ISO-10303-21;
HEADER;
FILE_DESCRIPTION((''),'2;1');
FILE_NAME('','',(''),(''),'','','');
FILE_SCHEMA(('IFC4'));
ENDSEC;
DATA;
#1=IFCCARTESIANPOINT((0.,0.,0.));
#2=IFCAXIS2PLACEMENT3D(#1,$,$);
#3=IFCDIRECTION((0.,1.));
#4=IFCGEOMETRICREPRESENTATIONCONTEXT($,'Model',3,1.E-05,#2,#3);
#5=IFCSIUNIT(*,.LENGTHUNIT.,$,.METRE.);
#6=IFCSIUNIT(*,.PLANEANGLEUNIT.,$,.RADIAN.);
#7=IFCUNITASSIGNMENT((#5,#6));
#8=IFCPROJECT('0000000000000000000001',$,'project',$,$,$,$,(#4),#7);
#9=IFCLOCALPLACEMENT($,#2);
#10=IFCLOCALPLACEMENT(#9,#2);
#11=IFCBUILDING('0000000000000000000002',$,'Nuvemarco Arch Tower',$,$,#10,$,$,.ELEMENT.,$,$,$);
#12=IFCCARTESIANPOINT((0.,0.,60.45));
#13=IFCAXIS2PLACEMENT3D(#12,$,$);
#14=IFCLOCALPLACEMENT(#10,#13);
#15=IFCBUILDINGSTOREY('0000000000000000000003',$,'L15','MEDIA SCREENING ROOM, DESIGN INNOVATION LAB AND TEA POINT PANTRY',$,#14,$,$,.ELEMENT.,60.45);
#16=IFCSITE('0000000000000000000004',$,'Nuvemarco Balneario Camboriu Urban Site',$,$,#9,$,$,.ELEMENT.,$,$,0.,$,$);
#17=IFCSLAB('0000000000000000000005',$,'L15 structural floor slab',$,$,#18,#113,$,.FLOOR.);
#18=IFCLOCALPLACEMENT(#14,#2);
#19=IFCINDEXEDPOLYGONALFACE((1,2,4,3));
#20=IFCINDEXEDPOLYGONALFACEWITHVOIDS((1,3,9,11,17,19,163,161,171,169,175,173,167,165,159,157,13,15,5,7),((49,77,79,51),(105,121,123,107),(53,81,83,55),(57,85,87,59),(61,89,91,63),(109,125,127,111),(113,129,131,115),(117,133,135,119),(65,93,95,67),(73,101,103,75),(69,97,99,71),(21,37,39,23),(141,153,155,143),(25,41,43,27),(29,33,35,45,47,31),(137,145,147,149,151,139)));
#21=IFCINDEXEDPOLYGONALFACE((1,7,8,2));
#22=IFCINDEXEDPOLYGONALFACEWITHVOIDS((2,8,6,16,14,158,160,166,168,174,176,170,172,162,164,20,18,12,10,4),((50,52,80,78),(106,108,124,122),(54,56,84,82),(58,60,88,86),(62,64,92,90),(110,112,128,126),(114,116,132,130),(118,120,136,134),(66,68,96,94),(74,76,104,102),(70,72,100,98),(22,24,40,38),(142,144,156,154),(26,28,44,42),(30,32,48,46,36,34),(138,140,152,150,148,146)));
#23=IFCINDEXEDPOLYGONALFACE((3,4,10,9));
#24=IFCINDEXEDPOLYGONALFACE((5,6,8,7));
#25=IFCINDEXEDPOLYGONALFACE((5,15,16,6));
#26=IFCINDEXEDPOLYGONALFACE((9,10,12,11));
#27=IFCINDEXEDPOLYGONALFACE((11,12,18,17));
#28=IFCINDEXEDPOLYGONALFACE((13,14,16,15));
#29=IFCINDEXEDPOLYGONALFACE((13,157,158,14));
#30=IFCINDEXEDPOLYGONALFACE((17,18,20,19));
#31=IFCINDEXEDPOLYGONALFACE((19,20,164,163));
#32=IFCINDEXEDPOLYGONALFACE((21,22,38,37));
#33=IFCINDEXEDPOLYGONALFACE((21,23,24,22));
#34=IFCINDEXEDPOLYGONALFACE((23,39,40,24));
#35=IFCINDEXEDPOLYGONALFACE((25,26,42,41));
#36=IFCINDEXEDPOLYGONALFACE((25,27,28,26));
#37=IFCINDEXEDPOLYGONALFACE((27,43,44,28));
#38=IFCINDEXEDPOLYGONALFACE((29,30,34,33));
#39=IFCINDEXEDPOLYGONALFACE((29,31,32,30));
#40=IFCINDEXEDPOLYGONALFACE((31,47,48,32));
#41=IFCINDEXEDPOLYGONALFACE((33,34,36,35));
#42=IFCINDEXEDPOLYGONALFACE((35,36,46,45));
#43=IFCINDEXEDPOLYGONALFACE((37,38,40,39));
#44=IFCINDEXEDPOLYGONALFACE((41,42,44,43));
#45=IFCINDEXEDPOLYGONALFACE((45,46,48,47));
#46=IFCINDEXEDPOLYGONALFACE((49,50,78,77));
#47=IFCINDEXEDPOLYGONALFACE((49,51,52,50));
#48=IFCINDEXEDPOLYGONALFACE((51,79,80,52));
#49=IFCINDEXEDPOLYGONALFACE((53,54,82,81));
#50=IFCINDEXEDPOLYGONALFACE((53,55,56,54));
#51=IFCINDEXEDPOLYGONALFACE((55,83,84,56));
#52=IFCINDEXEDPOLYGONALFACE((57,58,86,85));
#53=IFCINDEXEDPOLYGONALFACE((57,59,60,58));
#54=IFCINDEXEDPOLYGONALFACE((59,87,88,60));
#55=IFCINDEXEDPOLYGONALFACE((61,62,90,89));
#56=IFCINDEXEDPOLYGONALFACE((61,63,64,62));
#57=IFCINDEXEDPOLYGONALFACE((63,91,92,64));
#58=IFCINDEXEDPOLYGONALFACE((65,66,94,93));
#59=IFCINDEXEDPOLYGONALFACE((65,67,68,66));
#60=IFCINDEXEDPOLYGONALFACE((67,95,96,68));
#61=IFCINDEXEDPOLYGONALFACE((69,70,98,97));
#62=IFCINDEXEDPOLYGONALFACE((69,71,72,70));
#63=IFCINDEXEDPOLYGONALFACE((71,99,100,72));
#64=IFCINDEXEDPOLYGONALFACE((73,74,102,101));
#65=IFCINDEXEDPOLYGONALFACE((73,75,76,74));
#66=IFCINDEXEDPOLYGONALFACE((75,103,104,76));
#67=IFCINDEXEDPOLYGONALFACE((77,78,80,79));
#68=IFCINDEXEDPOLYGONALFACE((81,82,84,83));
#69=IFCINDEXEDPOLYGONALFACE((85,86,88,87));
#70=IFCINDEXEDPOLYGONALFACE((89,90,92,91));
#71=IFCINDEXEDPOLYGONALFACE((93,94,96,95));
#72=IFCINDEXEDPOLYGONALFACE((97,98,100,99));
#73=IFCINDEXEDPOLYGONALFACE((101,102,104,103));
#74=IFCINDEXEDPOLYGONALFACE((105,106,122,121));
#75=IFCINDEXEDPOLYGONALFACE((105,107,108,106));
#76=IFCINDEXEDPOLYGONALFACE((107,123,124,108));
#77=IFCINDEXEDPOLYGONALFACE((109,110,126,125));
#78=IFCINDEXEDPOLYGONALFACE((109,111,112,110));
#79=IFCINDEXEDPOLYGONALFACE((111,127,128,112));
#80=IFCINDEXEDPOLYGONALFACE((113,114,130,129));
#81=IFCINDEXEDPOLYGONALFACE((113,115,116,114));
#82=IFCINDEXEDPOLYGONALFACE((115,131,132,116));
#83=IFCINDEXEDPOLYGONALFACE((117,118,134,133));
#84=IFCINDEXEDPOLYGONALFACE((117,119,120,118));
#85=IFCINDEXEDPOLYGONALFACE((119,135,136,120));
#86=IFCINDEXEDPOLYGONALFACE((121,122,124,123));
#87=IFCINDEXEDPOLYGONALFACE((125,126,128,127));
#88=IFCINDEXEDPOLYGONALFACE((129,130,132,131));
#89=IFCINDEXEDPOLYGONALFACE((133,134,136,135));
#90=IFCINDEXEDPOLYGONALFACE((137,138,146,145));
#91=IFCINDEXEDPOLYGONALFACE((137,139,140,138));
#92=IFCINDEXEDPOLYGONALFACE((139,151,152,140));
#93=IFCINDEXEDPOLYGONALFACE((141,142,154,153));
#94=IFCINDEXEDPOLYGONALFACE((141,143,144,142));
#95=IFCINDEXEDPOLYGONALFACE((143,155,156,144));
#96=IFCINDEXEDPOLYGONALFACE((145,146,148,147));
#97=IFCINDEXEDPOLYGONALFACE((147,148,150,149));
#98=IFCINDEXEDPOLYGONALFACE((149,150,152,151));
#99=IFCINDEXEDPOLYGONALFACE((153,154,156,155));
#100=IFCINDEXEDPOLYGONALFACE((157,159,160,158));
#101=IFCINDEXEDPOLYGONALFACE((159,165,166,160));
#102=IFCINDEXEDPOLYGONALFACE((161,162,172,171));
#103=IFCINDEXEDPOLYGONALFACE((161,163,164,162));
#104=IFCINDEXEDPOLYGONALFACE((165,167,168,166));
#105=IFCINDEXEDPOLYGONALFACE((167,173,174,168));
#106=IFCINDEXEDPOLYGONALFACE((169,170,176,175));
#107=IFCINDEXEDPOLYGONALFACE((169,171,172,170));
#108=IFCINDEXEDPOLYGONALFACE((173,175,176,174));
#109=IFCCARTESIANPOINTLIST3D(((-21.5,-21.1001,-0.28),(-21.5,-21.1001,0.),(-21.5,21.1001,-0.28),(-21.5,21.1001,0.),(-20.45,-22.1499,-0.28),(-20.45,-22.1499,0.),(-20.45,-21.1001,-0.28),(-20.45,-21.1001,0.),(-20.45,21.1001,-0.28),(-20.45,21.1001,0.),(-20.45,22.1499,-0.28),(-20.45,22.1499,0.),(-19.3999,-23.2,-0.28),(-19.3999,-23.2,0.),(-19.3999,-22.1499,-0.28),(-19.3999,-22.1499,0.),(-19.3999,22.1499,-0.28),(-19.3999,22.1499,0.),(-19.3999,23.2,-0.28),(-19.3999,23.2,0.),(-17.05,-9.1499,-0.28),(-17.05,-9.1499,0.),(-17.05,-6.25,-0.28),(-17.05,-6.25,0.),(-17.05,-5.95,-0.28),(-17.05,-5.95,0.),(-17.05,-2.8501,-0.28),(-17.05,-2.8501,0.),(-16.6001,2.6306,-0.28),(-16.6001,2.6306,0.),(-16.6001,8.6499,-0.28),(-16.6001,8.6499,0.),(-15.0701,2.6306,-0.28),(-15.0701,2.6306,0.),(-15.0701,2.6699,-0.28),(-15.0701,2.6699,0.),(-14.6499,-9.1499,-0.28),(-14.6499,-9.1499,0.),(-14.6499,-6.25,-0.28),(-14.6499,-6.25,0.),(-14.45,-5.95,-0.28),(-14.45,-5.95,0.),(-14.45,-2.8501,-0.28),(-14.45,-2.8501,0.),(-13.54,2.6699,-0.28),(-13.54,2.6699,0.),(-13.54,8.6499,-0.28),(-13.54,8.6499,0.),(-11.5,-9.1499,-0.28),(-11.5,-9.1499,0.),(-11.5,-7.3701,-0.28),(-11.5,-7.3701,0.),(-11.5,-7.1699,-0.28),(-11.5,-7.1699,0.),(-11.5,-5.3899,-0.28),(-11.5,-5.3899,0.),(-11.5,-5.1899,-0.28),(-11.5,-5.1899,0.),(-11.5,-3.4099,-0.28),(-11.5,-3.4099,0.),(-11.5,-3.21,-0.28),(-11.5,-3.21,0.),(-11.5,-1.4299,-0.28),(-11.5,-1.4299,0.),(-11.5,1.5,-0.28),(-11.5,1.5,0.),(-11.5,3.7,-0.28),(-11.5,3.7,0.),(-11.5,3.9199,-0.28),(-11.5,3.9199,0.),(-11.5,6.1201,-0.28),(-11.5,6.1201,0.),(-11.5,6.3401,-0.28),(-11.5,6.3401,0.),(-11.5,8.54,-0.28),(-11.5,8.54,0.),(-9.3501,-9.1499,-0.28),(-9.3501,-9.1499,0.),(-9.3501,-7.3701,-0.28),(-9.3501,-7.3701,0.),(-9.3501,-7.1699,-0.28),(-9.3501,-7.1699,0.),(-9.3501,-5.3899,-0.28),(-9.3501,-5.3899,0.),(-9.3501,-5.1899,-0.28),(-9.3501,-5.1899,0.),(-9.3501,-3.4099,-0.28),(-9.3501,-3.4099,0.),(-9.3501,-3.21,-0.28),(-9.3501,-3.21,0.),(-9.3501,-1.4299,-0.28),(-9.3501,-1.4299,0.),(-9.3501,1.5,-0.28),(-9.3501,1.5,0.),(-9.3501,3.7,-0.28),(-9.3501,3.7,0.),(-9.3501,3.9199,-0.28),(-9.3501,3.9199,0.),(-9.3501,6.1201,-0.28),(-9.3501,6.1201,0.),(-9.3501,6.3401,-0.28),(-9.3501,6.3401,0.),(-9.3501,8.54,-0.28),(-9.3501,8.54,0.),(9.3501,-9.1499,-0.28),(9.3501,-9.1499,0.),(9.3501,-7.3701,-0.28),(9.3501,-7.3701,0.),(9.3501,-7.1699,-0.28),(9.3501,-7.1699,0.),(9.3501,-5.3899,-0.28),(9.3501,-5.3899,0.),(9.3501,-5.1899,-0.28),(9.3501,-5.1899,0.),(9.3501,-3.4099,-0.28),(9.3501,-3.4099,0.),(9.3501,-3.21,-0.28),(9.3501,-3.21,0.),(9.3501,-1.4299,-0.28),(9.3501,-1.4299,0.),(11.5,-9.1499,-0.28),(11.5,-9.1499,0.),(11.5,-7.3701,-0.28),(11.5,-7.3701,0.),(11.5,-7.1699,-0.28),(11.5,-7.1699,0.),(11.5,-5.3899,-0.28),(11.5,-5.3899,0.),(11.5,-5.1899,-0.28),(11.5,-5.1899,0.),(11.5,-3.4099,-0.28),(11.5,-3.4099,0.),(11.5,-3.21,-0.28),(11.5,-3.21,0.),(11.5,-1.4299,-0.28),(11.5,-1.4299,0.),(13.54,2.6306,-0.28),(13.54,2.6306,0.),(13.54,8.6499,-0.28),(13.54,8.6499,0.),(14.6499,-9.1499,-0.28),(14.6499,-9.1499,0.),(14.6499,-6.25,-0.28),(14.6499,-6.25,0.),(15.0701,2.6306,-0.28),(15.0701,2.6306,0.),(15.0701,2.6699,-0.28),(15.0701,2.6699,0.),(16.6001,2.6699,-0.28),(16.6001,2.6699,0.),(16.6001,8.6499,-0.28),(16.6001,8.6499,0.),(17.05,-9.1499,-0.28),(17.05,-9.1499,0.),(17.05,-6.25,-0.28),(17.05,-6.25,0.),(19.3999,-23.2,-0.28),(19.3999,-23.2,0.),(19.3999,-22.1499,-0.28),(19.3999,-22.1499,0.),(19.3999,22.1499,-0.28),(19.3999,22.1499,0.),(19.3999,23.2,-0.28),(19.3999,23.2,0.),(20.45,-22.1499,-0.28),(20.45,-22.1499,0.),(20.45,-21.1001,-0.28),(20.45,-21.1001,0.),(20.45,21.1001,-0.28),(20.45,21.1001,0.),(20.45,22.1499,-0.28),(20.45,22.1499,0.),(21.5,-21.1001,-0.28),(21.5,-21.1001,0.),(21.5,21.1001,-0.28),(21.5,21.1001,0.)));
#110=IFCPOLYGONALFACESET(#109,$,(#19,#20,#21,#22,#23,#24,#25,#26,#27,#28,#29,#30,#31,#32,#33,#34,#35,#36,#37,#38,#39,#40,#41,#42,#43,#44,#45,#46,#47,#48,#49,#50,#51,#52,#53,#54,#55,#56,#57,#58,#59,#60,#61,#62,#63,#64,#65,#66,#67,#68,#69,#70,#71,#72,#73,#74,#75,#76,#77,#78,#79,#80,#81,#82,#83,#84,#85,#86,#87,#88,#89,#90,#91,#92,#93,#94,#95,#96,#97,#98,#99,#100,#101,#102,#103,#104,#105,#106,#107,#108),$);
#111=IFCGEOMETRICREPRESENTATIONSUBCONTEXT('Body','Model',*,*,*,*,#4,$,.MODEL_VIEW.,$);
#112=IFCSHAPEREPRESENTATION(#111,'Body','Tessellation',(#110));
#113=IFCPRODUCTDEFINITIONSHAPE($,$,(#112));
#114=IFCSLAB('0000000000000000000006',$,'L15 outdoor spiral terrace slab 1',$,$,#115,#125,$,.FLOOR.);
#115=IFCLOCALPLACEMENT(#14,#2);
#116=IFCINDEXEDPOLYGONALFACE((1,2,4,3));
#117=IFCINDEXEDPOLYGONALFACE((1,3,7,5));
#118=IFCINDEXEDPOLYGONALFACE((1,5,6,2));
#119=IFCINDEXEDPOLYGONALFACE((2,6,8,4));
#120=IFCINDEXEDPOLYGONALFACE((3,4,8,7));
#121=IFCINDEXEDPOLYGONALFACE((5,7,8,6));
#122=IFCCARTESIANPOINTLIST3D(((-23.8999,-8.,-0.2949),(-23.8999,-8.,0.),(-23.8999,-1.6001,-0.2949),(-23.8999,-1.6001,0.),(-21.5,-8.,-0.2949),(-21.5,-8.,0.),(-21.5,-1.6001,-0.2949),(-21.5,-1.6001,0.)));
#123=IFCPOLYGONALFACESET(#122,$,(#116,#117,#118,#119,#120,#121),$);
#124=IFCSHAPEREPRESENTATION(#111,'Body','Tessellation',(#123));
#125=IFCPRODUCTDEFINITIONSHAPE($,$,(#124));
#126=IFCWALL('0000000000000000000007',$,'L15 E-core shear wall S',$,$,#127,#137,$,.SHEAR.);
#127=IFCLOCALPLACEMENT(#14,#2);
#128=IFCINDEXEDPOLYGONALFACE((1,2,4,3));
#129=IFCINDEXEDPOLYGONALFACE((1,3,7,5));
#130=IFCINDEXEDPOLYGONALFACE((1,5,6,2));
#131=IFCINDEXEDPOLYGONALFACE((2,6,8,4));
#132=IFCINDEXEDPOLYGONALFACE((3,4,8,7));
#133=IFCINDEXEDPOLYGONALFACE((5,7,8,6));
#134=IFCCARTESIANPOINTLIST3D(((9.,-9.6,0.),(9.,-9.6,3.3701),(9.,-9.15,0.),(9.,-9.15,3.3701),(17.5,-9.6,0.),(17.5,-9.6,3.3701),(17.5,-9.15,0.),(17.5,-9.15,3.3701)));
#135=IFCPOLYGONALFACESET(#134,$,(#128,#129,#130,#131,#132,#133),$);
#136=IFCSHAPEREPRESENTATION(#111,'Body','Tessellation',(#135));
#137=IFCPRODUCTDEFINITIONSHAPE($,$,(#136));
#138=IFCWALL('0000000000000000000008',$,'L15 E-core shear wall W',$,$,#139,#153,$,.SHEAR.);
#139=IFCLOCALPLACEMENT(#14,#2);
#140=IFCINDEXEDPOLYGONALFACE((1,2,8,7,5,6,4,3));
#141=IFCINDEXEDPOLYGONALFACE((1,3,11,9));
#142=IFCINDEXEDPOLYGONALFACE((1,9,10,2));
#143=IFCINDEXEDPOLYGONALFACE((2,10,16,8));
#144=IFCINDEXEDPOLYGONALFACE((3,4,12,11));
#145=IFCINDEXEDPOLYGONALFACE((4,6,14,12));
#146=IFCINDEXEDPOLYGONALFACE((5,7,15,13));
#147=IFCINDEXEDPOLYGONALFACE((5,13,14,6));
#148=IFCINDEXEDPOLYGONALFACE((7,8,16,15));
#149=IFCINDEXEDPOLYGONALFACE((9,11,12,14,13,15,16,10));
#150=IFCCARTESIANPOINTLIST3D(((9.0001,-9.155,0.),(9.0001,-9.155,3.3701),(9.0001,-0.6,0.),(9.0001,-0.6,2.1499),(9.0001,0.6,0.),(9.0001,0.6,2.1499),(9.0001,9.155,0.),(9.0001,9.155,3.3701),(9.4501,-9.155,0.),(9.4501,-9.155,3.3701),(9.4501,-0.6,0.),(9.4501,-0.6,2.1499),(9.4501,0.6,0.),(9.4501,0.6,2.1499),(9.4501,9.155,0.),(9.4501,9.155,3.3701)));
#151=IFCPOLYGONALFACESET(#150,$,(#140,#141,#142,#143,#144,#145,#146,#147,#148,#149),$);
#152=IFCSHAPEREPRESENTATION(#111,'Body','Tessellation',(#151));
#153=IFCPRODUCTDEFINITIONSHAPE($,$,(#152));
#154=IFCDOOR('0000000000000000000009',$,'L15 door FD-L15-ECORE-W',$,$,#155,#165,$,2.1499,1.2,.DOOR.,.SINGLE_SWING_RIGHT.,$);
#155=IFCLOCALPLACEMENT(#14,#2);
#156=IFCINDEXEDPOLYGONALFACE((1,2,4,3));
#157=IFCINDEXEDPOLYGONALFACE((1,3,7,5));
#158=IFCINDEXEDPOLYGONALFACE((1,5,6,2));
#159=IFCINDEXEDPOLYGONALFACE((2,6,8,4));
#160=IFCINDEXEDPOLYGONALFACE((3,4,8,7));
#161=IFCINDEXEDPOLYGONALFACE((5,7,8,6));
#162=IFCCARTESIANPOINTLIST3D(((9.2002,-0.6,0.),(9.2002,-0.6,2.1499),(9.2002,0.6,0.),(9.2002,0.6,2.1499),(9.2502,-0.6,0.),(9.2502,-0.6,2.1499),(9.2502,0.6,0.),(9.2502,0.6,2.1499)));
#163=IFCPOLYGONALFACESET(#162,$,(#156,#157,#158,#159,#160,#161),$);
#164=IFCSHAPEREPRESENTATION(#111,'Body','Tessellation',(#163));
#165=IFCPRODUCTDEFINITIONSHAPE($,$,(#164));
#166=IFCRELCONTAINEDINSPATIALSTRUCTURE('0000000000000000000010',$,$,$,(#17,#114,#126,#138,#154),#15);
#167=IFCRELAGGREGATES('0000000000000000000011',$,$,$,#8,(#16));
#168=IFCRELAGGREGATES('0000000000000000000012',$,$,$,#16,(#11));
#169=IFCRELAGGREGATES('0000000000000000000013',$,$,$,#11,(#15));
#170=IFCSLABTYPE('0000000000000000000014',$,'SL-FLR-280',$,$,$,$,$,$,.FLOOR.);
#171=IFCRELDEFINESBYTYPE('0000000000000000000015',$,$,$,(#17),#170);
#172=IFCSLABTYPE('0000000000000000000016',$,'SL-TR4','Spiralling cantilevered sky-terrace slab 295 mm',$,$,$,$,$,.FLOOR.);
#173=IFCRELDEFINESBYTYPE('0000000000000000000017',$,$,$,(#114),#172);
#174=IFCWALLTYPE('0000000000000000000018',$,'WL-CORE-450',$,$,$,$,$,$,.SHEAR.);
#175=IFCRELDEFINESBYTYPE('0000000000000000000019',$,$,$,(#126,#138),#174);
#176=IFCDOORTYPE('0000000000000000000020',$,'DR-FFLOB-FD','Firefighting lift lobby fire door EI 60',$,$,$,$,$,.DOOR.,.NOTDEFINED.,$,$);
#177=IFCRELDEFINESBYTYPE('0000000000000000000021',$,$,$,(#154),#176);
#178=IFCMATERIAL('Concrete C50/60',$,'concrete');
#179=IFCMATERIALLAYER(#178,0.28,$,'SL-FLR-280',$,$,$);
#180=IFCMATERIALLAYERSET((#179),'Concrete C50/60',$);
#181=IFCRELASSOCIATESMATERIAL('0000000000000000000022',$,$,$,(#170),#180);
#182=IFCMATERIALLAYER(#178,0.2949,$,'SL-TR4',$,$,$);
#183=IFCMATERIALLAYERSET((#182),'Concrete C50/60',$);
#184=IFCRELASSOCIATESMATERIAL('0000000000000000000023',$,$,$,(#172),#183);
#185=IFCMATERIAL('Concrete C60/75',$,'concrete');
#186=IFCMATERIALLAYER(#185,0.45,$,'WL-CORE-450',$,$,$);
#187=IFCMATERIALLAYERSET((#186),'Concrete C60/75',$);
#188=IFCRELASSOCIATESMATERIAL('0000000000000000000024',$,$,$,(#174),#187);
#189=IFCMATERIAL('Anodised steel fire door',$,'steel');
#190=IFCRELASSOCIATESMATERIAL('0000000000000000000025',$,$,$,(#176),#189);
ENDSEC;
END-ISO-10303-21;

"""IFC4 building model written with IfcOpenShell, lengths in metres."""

from ifc_helpers import new_model, si_unit, direction, frame, frame_2d, origin, place, context, subcontext, project, spatial, polyline, rectangle, outline, extrude, source, transform, mapped, material, layer, layer_set, type_object, type_shapes, element, fill, save


model = new_model("IFC4")

# Units and contexts
model_context = context("Model", 3, precision=1e-05, world=origin(), true_north=direction((0.0, 1.0)))
body_context = subcontext(model_context, "Body", "Model", "MODEL_VIEW")
ifc_project = project(units=[si_unit("LENGTHUNIT", "METRE"), si_unit("PLANEANGLEUNIT", "RADIAN")], contexts=[model_context])

# Site, building, storey
site_placement = place(None, origin())
site = spatial("IfcSite", under=ifc_project, at=site_placement, Name="Nuvemarco Balneario Camboriu Urban Site", CompositionType="ELEMENT", RefElevation=0.0)
building_placement = place(site_placement, origin())
building = spatial("IfcBuilding", under=site, at=building_placement, Name="Nuvemarco Arch Tower", CompositionType="ELEMENT")
storey_placement = place(building_placement, frame((0.0, 0.0, 60.45)))
storey = spatial("IfcBuildingStorey", under=building, at=storey_placement, Name="L15", Description="MEDIA SCREENING ROOM, DESIGN INNOVATION LAB AND TEA POINT PANTRY", CompositionType="ELEMENT", Elevation=60.45)

# Shared definitions
ifc_material_1 = material(Name="Concrete C60/75", Category="concrete")

# Slabs
ifc_material_2 = material(Name="Concrete C50/60", Category="concrete")
ifc_layer_1 = layer(ifc_material_2, 0.28, Name="SL-FLR-280")
ifc_layer_set_1 = layer_set([ifc_layer_1], Name="Concrete C50/60")
slab_type_1 = type_object("IfcSlabType", Name="SL-FLR-280", PredefinedType="FLOOR", material=ifc_layer_set_1)
slab_1_placement = place(storey_placement, frame((0.0, 0.0, -0.28)))
element("IfcSlab", 1, at=slab_1_placement, inside=storey, type_object=slab_type_1, Name="L15 structural floor slab", PredefinedType="FLOOR", context=body_context, shape_type="SweptSolid", body=[
    extrude(outline(polyline([(-19.3999, -23.2), (19.3999, -23.2), (19.3999, -22.1499), (20.45, -22.1499), (20.45, -21.1001), (21.5, -21.1001), (21.5, 21.1001), (20.45, 21.1001), (20.45, 22.1499), (19.3999, 22.1499), (19.3999, 23.2), (-19.3999, 23.2), (-19.3999, 22.1499), (-20.45, 22.1499), (-20.45, 21.1001), (-21.5, 21.1001), (-21.5, -21.1001), (-20.45, -21.1001), (-20.45, -22.1499), (-19.3999, -22.1499), (-19.3999, -23.2)]), holes=[polyline([(-13.54, 2.6699), (-13.54, 8.6499), (-16.6001, 8.6499), (-16.6001, 2.6306), (-15.0701, 2.6306), (-15.0701, 2.6699), (-13.54, 2.6699)]), polyline([(16.6001, 2.6699), (16.6001, 8.6499), (13.54, 8.6499), (13.54, 2.6306), (15.0701, 2.6306), (15.0701, 2.6699), (16.6001, 2.6699)]), polyline([(-17.05, -9.1499), (-14.6499, -9.1499), (-14.6499, -6.25), (-17.05, -6.25), (-17.05, -9.1499)]), polyline([(-17.05, -5.95), (-14.45, -5.95), (-14.45, -2.8501), (-17.05, -2.8501), (-17.05, -5.95)]), polyline([(-11.5, -9.1499), (-9.3501, -9.1499), (-9.3501, -7.3701), (-11.5, -7.3701), (-11.5, -9.1499)]), polyline([(-11.5, -7.1699), (-9.3501, -7.1699), (-9.3501, -5.3899), (-11.5, -5.3899), (-11.5, -7.1699)]), polyline([(-11.5, -5.1899), (-9.3501, -5.1899), (-9.3501, -3.4099), (-11.5, -3.4099), (-11.5, -5.1899)]), polyline([(-11.5, -3.21), (-9.3501, -3.21), (-9.3501, -1.4299), (-11.5, -1.4299), (-11.5, -3.21)]), polyline([(-11.5, 1.5), (-9.3501, 1.5), (-9.3501, 3.7), (-11.5, 3.7), (-11.5, 1.5)]), polyline([(-11.5, 3.9199), (-9.3501, 3.9199), (-9.3501, 6.1201), (-11.5, 6.1201), (-11.5, 3.9199)]), polyline([(-11.5, 6.3401), (-9.3501, 6.3401), (-9.3501, 8.54), (-11.5, 8.54), (-11.5, 6.3401)]), polyline([(14.6499, -9.1499), (17.05, -9.1499), (17.05, -6.25), (14.6499, -6.25), (14.6499, -9.1499)]), polyline([(9.3501, -9.1499), (11.5, -9.1499), (11.5, -7.3701), (9.3501, -7.3701), (9.3501, -9.1499)]), polyline([(9.3501, -7.1699), (11.5, -7.1699), (11.5, -5.3899), (9.3501, -5.3899), (9.3501, -7.1699)]), polyline([(9.3501, -5.1899), (11.5, -5.1899), (11.5, -3.4099), (9.3501, -3.4099), (9.3501, -5.1899)]), polyline([(9.3501, -3.21), (11.5, -3.21), (11.5, -1.4299), (9.3501, -1.4299), (9.3501, -3.21)])]), origin(), (0.0, 0.0, 1.0), 0.28),
])
ifc_layer_2 = layer(ifc_material_2, 0.2949, Name="SL-TR4")
ifc_layer_set_2 = layer_set([ifc_layer_2], Name="Concrete C50/60")
slab_type_2 = type_object("IfcSlabType", Name="SL-TR4", Description="Spiralling cantilevered sky-terrace slab 295 mm", PredefinedType="FLOOR", material=ifc_layer_set_2)
slab_2_placement = place(storey_placement, frame((0.0, 0.0, -0.2949)))
element("IfcSlab", 2, at=slab_2_placement, inside=storey, type_object=slab_type_2, Name="L15 outdoor spiral terrace slab 1", PredefinedType="FLOOR", context=body_context, shape_type="SweptSolid", body=[
    extrude(outline(polyline([(-23.8999, -8.0), (-21.5, -8.0), (-21.5, -1.6001), (-23.8999, -1.6001), (-23.8999, -8.0)])), origin(), (0.0, 0.0, 1.0), 0.2949),
])

# Wall
ifc_layer_3 = layer(ifc_material_1, 0.45, Name="WL-CORE-450")
ifc_layer_set_3 = layer_set([ifc_layer_3], Name="Concrete C60/75")
wall_type_1 = type_object("IfcWallType", Name="WL-CORE-450", PredefinedType="SHEAR", material=ifc_layer_set_3)
wall_1_placement = place(storey_placement, frame((9.0, -9.375, 0.0), z_axis=(0.0, 0.0, 1.0), x_axis=(1.0, 0.0, 0.0)))
element("IfcWall", 3, at=wall_1_placement, inside=storey, type_object=wall_type_1, Name="L15 E-core shear wall S", PredefinedType="SHEAR", context=body_context, shape_type="SweptSolid", body=[
    extrude(rectangle(XDim=8.5, YDim=0.45, at=frame_2d((4.25, 0.0))), origin(), (0.0, 0.0, 1.0), 3.3701),
])

# Wall, opening, door
wall_2_placement = place(storey_placement, frame((9.2251, -9.155, 0.0), z_axis=(0.0, 0.0, 1.0), x_axis=(0.0, 1.0, 0.0)))
wall_2 = element("IfcWall", 4, at=wall_2_placement, inside=storey, type_object=wall_type_1, Name="L15 E-core shear wall W", PredefinedType="SHEAR", context=body_context, shape_type="SweptSolid", body=[
    extrude(rectangle(XDim=18.3101, YDim=0.45, at=frame_2d((9.155, 0.0))), origin(), (0.0, 0.0, 1.0), 3.3701),
])
opening_1_placement = place(wall_2_placement, frame((8.5549, 0.0, 0.0)))
opening_1 = element("IfcOpeningElement", 5, at=opening_1_placement, cuts=wall_2, PredefinedType="OPENING", context=body_context, shape_type="SweptSolid", body=[
    extrude(rectangle(XDim=1.2, YDim=2.1499, at=frame_2d((0.6001, 1.075))), frame((0.0, 0.2349, 0.0), z_axis=(0.0, -1.0, 0.0), x_axis=(1.0, 0.0, 0.0)), (0.0, 0.0, 1.0), 0.47),
])
ifc_material_3 = material(Name="Anodised steel fire door", Category="steel")
door_type_1 = type_object("IfcDoorType", Name="DR-FFLOB-FD", Description="Firefighting lift lobby fire door EI 60", OperationType="NOTDEFINED", PredefinedType="DOOR", material=ifc_material_3)
shared_shape_1 = source(origin(), body_context, "Body", "SweptSolid", [
    extrude(rectangle(XDim=1.2, YDim=2.1499, at=frame_2d((0.6001, 1.075))), frame((0.0, 0.0249, 0.0), z_axis=(0.0, -1.0, 0.0), x_axis=(1.0, 0.0, 0.0)), (0.0, 0.0, 1.0), 0.05),
])
type_shapes(door_type_1, [shared_shape_1])
door_1_placement = place(opening_1_placement, origin())
door_1 = element("IfcDoor", 6, at=door_1_placement, inside=storey, type_object=door_type_1, Name="L15 door FD-L15-ECORE-W", OperationType="SINGLE_SWING_RIGHT", OverallHeight=2.1499, OverallWidth=1.2, PredefinedType="DOOR", context=body_context, shape_type="MappedRepresentation", body=[
    mapped(shared_shape_1, transform((0.0, 0.0, 0.0), scale=1.0)),
])
fill(opening_1, door_1)

save(model, "model.ifc")
